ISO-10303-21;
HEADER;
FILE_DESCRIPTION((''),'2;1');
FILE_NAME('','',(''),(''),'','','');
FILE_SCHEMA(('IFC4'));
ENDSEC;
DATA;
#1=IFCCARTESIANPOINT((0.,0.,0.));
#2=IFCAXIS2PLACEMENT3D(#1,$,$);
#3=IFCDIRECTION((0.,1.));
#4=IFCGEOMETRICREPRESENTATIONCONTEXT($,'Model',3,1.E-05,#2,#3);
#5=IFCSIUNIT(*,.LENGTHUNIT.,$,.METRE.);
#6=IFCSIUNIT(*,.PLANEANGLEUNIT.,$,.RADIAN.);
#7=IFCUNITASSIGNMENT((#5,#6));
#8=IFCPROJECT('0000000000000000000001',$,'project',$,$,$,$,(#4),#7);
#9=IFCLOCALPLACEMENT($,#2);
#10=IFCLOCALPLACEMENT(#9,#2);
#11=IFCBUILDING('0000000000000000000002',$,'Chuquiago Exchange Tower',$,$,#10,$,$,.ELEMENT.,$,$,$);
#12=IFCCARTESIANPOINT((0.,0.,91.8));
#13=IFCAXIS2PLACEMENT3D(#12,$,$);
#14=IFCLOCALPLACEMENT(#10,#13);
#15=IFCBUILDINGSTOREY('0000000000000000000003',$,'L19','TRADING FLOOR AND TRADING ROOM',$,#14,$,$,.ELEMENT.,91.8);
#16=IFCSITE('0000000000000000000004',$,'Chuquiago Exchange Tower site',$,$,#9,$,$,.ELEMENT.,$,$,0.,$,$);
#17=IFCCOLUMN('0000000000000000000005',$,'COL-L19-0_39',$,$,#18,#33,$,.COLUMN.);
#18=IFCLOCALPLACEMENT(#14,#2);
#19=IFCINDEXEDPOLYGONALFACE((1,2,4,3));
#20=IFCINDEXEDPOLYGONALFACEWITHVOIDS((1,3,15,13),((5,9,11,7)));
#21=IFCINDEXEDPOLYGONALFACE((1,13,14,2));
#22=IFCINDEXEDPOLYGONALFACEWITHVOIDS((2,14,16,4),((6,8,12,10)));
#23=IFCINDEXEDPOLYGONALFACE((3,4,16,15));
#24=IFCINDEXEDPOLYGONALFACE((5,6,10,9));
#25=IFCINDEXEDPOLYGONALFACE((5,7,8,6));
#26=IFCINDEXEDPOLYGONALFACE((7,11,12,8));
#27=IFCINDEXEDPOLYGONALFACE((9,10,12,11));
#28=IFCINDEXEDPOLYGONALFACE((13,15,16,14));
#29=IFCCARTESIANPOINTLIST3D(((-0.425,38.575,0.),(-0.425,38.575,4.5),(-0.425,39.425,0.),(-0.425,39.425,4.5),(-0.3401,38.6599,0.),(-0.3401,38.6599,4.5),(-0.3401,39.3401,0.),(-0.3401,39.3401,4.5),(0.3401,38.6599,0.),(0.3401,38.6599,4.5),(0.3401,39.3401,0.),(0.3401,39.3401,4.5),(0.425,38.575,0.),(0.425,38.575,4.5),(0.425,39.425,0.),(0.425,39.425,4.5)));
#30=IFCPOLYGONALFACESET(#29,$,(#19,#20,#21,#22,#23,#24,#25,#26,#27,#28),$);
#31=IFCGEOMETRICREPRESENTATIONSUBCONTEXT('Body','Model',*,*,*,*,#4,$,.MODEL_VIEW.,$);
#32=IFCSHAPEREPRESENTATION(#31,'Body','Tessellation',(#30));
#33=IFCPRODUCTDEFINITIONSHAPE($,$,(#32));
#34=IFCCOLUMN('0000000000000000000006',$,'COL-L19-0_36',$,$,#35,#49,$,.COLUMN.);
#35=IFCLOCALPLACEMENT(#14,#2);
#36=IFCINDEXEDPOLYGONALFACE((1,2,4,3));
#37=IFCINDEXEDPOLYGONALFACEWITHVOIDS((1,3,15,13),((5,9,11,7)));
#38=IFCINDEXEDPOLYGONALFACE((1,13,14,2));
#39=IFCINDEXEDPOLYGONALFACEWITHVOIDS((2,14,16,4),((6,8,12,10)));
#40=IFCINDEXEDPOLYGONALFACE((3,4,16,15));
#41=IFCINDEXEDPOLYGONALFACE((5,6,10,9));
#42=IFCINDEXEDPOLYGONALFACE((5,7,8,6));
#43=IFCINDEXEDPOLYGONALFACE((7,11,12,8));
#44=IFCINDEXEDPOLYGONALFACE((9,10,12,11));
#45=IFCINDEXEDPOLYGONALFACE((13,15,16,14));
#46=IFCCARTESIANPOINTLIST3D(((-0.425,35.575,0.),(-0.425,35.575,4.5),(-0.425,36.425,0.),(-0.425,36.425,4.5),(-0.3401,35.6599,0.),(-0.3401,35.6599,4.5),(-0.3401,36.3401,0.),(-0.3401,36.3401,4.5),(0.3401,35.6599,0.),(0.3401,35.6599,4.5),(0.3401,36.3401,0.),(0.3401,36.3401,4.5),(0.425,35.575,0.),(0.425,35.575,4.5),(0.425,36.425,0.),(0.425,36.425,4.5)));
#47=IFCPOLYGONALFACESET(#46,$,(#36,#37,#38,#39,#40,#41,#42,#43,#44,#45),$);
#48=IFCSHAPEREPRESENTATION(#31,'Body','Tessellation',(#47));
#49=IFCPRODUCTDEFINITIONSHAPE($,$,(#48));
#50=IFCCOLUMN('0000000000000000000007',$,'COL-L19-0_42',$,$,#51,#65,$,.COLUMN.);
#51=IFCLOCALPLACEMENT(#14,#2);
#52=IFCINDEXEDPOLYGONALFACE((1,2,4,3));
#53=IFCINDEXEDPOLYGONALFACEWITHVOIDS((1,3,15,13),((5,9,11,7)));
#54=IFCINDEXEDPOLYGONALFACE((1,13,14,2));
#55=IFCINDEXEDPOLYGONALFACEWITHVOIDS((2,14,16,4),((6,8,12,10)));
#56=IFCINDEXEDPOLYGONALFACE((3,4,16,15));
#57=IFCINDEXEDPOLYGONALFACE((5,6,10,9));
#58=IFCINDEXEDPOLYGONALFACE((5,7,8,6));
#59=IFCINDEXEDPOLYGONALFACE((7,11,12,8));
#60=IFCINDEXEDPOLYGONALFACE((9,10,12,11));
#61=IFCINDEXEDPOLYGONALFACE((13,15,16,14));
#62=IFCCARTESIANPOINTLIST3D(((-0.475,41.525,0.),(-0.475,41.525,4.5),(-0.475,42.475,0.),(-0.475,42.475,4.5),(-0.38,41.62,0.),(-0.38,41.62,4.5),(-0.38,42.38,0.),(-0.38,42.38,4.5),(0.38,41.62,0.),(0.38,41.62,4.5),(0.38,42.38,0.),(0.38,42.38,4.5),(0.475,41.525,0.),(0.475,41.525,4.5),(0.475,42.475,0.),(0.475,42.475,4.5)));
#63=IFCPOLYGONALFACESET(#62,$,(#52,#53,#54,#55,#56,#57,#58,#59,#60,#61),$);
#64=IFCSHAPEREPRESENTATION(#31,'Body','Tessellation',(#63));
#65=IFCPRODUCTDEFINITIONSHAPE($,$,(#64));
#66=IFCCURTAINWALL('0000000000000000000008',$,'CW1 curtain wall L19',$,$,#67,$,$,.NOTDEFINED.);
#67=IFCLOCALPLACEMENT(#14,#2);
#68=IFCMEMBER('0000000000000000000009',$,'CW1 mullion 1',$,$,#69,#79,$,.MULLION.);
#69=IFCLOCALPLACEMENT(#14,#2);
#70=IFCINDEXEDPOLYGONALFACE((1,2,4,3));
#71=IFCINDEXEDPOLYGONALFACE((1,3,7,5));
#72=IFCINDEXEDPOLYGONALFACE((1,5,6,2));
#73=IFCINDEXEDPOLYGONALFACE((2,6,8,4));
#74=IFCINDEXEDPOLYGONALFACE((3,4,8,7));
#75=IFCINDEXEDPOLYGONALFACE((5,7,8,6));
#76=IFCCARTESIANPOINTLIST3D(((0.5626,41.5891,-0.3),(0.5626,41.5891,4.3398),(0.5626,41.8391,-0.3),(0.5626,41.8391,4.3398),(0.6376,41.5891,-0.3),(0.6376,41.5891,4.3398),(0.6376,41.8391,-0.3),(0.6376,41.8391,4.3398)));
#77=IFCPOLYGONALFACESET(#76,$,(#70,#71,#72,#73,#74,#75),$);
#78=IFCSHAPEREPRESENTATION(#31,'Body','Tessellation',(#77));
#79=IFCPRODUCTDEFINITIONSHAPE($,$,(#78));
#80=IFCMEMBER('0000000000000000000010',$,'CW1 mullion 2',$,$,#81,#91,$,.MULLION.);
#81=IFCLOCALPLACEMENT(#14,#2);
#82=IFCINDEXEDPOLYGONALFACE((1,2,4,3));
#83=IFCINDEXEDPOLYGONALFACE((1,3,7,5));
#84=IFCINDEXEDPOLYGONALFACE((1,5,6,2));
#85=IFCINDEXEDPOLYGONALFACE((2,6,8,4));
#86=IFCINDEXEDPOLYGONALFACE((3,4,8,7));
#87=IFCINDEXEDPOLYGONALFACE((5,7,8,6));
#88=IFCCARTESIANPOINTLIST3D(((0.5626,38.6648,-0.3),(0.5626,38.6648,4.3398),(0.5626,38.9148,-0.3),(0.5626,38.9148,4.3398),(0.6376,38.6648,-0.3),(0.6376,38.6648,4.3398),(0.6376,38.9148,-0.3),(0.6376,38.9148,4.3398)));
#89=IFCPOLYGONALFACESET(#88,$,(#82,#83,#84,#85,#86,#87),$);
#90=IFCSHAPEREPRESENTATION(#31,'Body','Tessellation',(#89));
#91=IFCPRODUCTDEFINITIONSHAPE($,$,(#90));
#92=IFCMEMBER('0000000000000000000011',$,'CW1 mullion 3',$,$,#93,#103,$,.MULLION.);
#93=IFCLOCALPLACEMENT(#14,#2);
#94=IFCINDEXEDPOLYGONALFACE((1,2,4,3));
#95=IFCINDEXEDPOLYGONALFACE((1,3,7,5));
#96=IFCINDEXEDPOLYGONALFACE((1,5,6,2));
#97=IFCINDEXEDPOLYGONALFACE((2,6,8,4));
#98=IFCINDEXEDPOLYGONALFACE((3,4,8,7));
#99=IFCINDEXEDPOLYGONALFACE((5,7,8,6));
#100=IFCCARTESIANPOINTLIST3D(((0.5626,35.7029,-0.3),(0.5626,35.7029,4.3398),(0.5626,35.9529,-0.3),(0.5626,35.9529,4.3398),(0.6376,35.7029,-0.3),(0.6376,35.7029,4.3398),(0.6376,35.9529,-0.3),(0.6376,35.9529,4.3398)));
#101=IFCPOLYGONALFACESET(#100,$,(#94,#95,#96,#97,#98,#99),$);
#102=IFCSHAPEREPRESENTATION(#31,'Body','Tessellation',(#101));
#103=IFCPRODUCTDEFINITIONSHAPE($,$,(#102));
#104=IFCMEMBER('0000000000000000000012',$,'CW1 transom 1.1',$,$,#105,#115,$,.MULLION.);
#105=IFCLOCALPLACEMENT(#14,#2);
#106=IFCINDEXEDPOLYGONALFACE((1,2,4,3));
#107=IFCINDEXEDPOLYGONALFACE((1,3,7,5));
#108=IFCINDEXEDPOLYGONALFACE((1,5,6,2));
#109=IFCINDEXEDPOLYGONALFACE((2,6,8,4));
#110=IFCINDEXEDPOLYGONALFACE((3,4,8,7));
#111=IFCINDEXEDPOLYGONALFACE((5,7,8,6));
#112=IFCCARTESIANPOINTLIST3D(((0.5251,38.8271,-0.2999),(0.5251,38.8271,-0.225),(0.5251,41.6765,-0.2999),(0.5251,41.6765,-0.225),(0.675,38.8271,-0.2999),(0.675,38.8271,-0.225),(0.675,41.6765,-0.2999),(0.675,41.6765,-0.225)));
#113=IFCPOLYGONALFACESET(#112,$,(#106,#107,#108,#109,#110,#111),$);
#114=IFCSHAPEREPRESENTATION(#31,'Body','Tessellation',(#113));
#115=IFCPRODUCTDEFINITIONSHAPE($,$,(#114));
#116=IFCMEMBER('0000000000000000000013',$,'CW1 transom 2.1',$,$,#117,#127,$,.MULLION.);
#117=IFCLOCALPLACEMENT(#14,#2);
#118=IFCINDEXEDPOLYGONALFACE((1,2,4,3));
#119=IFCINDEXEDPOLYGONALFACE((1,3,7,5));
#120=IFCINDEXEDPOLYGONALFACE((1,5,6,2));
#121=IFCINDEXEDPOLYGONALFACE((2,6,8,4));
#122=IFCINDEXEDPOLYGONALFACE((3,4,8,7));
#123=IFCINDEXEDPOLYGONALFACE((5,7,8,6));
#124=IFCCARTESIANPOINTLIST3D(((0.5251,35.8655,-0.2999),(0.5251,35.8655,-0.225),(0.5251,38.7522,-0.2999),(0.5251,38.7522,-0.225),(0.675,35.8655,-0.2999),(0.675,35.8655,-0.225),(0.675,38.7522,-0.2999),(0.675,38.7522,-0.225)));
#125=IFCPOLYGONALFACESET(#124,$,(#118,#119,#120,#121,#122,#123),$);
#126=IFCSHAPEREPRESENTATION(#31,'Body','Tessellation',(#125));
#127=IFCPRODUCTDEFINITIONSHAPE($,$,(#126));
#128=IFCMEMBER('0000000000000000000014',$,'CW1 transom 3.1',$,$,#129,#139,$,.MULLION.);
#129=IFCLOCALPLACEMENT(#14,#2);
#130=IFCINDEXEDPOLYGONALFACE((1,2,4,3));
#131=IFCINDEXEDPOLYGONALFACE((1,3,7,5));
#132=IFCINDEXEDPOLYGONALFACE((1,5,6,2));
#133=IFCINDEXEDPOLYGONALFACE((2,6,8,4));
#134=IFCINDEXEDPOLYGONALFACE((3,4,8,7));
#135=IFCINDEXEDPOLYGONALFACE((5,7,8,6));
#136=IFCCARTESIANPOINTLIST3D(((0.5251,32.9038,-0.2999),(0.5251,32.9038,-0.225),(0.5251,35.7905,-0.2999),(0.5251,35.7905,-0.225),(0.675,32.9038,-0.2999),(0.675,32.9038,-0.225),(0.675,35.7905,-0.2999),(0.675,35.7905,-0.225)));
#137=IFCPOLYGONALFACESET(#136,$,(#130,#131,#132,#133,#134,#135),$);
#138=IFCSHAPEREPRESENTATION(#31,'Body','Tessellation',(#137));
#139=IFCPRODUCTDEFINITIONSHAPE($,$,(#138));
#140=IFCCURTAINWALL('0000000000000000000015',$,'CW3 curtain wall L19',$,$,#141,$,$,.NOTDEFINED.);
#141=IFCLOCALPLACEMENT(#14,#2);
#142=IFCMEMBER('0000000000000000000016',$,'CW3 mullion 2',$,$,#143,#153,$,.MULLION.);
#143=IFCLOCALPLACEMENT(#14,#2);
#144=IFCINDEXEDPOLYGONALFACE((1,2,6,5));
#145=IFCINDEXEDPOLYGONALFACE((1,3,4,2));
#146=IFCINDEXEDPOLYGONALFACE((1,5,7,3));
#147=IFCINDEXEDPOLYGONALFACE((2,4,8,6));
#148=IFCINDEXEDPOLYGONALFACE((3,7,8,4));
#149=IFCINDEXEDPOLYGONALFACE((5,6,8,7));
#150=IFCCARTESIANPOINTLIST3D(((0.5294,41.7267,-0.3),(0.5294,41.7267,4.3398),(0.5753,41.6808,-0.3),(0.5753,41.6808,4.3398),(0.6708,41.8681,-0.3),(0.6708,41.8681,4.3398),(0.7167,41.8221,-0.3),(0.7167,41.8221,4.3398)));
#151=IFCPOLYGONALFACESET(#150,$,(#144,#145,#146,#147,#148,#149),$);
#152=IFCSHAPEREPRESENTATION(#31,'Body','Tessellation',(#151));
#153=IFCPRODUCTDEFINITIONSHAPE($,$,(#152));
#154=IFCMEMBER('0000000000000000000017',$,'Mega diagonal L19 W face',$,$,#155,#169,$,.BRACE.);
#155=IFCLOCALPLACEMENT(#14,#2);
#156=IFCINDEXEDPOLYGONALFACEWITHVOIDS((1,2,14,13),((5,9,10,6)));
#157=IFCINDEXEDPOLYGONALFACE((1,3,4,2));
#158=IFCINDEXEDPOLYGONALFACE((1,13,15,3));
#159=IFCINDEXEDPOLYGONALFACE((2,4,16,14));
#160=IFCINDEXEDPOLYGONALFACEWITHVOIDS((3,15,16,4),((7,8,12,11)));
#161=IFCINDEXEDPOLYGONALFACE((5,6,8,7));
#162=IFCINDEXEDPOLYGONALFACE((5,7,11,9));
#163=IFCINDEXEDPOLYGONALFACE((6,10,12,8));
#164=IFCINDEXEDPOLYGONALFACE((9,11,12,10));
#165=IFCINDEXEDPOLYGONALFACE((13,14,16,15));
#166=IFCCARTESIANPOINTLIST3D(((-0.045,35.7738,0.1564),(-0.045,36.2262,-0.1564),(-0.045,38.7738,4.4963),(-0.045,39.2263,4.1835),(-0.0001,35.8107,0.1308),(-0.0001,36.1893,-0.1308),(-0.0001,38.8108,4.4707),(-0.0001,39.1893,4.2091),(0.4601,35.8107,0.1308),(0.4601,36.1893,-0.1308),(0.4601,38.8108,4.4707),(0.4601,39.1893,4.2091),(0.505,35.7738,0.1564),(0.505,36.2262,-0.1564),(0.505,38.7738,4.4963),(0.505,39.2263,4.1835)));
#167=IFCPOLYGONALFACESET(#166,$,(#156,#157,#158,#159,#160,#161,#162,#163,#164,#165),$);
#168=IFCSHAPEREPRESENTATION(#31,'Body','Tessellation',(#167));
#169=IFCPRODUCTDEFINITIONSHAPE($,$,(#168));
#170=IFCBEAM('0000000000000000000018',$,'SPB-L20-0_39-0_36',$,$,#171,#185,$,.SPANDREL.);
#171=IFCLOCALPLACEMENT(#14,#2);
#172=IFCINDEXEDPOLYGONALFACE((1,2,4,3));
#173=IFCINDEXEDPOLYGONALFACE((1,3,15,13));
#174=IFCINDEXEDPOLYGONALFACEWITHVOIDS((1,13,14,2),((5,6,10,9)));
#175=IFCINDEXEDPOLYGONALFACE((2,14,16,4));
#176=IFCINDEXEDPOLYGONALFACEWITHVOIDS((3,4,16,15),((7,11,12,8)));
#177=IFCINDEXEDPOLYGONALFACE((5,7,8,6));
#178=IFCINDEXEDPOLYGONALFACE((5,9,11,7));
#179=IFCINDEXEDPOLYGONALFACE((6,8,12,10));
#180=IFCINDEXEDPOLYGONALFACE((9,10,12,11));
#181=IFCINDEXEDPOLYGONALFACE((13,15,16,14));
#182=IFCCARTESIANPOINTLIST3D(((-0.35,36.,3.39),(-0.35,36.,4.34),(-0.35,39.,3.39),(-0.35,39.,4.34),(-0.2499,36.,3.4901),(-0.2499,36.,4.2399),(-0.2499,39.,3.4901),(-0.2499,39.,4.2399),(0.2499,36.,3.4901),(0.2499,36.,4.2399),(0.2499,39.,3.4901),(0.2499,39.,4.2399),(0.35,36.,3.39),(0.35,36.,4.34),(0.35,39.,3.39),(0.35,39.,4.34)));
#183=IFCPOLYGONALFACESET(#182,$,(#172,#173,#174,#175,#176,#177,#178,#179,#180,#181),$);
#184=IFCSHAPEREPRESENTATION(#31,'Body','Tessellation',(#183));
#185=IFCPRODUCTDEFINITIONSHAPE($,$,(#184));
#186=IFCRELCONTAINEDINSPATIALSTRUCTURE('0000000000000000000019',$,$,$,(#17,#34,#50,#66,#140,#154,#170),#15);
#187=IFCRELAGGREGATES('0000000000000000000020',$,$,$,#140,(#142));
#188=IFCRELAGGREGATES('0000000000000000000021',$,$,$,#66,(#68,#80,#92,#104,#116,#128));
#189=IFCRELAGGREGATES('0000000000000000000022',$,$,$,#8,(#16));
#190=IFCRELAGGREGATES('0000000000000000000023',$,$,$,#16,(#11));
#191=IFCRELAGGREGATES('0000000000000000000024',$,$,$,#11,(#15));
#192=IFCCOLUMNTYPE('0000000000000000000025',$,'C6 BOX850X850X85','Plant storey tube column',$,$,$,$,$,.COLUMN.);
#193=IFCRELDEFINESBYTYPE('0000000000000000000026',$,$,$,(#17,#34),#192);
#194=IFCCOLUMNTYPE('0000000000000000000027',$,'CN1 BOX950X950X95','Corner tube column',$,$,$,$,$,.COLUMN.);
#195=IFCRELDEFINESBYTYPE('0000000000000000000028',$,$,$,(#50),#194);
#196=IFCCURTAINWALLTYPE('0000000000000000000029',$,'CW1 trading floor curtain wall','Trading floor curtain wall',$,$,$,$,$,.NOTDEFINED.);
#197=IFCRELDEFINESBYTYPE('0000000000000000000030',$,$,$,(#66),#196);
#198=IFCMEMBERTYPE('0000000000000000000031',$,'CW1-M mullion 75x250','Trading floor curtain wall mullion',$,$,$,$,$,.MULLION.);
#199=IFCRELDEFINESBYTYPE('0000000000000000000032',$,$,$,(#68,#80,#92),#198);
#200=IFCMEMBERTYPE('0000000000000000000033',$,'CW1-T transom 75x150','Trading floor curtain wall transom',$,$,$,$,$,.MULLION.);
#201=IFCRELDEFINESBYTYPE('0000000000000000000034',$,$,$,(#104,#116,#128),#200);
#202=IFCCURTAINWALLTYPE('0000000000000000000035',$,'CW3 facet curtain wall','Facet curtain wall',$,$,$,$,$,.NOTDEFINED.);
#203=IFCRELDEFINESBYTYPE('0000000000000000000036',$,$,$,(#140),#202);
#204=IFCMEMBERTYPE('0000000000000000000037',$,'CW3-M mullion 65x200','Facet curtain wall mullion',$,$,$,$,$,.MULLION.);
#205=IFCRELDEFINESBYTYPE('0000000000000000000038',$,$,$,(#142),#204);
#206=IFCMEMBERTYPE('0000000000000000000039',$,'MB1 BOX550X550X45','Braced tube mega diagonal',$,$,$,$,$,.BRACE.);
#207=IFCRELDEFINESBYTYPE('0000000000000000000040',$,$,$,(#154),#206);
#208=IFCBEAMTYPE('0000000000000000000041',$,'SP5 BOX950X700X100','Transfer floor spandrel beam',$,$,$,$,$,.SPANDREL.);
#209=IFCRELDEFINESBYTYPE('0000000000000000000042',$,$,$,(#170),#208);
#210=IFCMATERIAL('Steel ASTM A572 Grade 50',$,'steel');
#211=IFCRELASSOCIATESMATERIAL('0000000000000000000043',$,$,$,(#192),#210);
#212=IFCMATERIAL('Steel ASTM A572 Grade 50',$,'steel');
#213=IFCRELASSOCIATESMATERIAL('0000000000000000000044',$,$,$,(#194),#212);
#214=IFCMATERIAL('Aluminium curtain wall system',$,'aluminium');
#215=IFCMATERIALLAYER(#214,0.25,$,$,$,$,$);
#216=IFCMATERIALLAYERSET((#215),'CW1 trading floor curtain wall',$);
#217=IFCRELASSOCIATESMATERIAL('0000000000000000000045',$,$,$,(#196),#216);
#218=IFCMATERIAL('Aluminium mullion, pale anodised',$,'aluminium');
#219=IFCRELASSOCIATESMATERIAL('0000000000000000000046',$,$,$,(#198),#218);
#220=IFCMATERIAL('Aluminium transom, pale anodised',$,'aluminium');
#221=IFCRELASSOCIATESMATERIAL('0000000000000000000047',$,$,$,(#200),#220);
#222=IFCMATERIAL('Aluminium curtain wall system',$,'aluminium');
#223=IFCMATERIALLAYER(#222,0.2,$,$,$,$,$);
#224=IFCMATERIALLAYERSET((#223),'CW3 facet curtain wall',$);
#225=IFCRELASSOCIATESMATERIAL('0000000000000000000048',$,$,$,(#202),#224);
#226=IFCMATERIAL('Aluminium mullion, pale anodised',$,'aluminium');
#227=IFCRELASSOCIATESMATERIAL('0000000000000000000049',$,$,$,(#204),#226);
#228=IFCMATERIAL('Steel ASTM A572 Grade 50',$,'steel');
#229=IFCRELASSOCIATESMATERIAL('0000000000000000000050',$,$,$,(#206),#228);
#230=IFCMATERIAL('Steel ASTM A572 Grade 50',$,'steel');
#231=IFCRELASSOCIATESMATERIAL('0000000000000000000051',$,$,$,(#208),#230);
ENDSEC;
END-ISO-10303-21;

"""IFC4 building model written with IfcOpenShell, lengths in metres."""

from ifc_helpers import new_model, si_unit, direction, frame, origin, origin_2d, place, context, subcontext, project, spatial, rectangle, hollow_rectangle, extrude, material, layer, layer_set, material_profile, profile_set, type_object, element, aggregate, save


model = new_model("IFC4")

# Units and contexts
model_context = context("Model", 3, precision=1e-05, world=origin(), true_north=direction((0.0, 1.0)))
body_context = subcontext(model_context, "Body", "Model", "MODEL_VIEW")
ifc_project = project(units=[si_unit("LENGTHUNIT", "METRE"), si_unit("PLANEANGLEUNIT", "RADIAN")], contexts=[model_context])

# Site, building, storey
site_placement = place(None, origin())
site = spatial("IfcSite", under=ifc_project, at=site_placement, Name="Chuquiago Exchange Tower site", CompositionType="ELEMENT", RefElevation=0.0)
building_placement = place(site_placement, origin())
building = spatial("IfcBuilding", under=site, at=building_placement, Name="Chuquiago Exchange Tower", CompositionType="ELEMENT")
storey_placement = place(building_placement, frame((0.0, 0.0, 91.8)))
storey = spatial("IfcBuildingStorey", under=building, at=storey_placement, Name="L19", Description="TRADING FLOOR AND TRADING ROOM", CompositionType="ELEMENT", Elevation=91.8)

# Columns
ifc_material_1 = material(Name="Steel ASTM A572 Grade 50", Category="steel")
ifc_material_profile_1 = material_profile(ifc_material_1, hollow_rectangle(XDim=0.8501, YDim=0.8501, WallThickness=0.085, at=origin_2d()), Name="BOX850X850X85")
ifc_profile_set_1 = profile_set([ifc_material_profile_1], Name="Steel ASTM A572 Grade 50")
column_type_1 = type_object("IfcColumnType", Name="C6 BOX850X850X85", Description="Plant storey tube column", PredefinedType="COLUMN", material=ifc_profile_set_1)
for number, where, z_axis, x_axis, name in (
    (1, (0.0, 39.0, 0.0), (0.0, 0.0, 1.0), (-1.0, 0.0, 0.0), "COL-L19-0_39"),
    (2, (0.0, 36.0, 0.0), (0.0, 0.0, 1.0), (-1.0, 0.0, 0.0), "COL-L19-0_36"),
):
    element("IfcColumn", number, at=place(storey_placement, frame(where, z_axis=z_axis, x_axis=x_axis)), inside=storey, type_object=column_type_1, Name=name, PredefinedType="COLUMN", context=body_context, shape_type="SweptSolid", body=[
        extrude(hollow_rectangle(XDim=0.8501, YDim=0.8501, WallThickness=0.085, at=origin_2d()), origin(), (0.0, 0.0, 1.0), 4.5),
    ])
ifc_material_2 = material(Name="Steel ASTM A572 Grade 50", Category="steel")
ifc_material_profile_2 = material_profile(ifc_material_2, hollow_rectangle(XDim=0.95, YDim=0.95, WallThickness=0.095, at=origin_2d()), Name="BOX950X950X95")
ifc_profile_set_2 = profile_set([ifc_material_profile_2], Name="Steel ASTM A572 Grade 50")
column_type_2 = type_object("IfcColumnType", Name="CN1 BOX950X950X95", Description="Corner tube column", PredefinedType="COLUMN", material=ifc_profile_set_2)
column_placement = place(storey_placement, frame((0.0, 42.0, 0.0), z_axis=(0.0, 0.0, 1.0), x_axis=(-1.0, 0.0, 0.0)))
element("IfcColumn", 3, at=column_placement, inside=storey, type_object=column_type_2, Name="COL-L19-0_42", PredefinedType="COLUMN", context=body_context, shape_type="SweptSolid", body=[
    extrude(hollow_rectangle(XDim=0.95, YDim=0.95, WallThickness=0.095, at=origin_2d()), origin(), (0.0, 0.0, 1.0), 4.5),
])

# Curtain wall, members
ifc_material_3 = material(Name="Aluminium curtain wall system", Category="aluminium")
ifc_layer_1 = layer(ifc_material_3, 0.25)
ifc_layer_set_1 = layer_set([ifc_layer_1], Name="CW1 trading floor curtain wall")
curtain_wall_type_1 = type_object("IfcCurtainWallType", Name="CW1 trading floor curtain wall", Description="Trading floor curtain wall", PredefinedType="NOTDEFINED", material=ifc_layer_set_1)
curtain_wall_1_placement = place(storey_placement, origin())
curtain_wall_1 = element("IfcCurtainWall", 4, at=curtain_wall_1_placement, inside=storey, type_object=curtain_wall_type_1, Name="CW1 curtain wall L19", PredefinedType="NOTDEFINED")
ifc_material_4 = material(Name="Aluminium mullion, pale anodised", Category="aluminium")
ifc_material_profile_3 = material_profile(ifc_material_4, rectangle(XDim=0.075, YDim=0.25, at=origin_2d()), Name="AL 75x250")
ifc_profile_set_3 = profile_set([ifc_material_profile_3], Name="Aluminium mullion, pale anodised")
member_type_1 = type_object("IfcMemberType", Name="CW1-M mullion 75x250", Description="Trading floor curtain wall mullion", PredefinedType="MULLION", material=ifc_profile_set_3)
member_1_placement = place(storey_placement, frame((0.6001, 41.7141, -0.3), z_axis=(0.0, 0.0, 1.0), x_axis=(1.0, 0.0, 0.0)))
member_1 = element("IfcMember", 5, at=member_1_placement, type_object=member_type_1, Name="CW1 mullion 1", PredefinedType="MULLION", context=body_context, shape_type="SweptSolid", body=[
    extrude(rectangle(XDim=0.075, YDim=0.25, at=origin_2d()), origin(), (0.0, 0.0, 1.0), 4.6399),
])
member_2_placement = place(storey_placement, frame((0.6001, 38.7898, -0.3), z_axis=(0.0, 0.0, 1.0), x_axis=(1.0, 0.0, 0.0)))
member_2 = element("IfcMember", 6, at=member_2_placement, type_object=member_type_1, Name="CW1 mullion 2", PredefinedType="MULLION", context=body_context, shape_type="SweptSolid", body=[
    extrude(rectangle(XDim=0.075, YDim=0.25, at=origin_2d()), origin(), (0.0, 0.0, 1.0), 4.6399),
])
member_3_placement = place(storey_placement, frame((0.6001, 35.8279, -0.3), z_axis=(0.0, 0.0, 1.0), x_axis=(1.0, 0.0, 0.0)))
member_3 = element("IfcMember", 7, at=member_3_placement, type_object=member_type_1, Name="CW1 mullion 3", PredefinedType="MULLION", context=body_context, shape_type="SweptSolid", body=[
    extrude(rectangle(XDim=0.075, YDim=0.25, at=origin_2d()), origin(), (0.0, 0.0, 1.0), 4.6399),
])
ifc_material_5 = material(Name="Aluminium transom, pale anodised", Category="aluminium")
ifc_material_profile_4 = material_profile(ifc_material_5, rectangle(XDim=0.1499, YDim=0.075, at=origin_2d()), Name="AL 150x75")
ifc_profile_set_4 = profile_set([ifc_material_profile_4], Name="Aluminium transom, pale anodised")
member_type_2 = type_object("IfcMemberType", Name="CW1-T transom 75x150", Description="Trading floor curtain wall transom", PredefinedType="MULLION", material=ifc_profile_set_4)
member_4_placement = place(storey_placement, frame((0.6001, 41.6765, -0.2625), z_axis=(0.0, -1.0, 0.0), x_axis=(1.0, 0.0, 0.0)))
member_4 = element("IfcMember", 8, at=member_4_placement, type_object=member_type_2, Name="CW1 transom 1.1", PredefinedType="MULLION", context=body_context, shape_type="SweptSolid", body=[
    extrude(rectangle(XDim=0.1499, YDim=0.075, at=origin_2d()), origin(), (0.0, 0.0, 1.0), 2.8494),
])
member_5_placement = place(storey_placement, frame((0.6001, 38.7522, -0.2625), z_axis=(0.0, -1.0, 0.0), x_axis=(1.0, 0.0, 0.0)))
member_5 = element("IfcMember", 9, at=member_5_placement, type_object=member_type_2, Name="CW1 transom 2.1", PredefinedType="MULLION", context=body_context, shape_type="SweptSolid", body=[
    extrude(rectangle(XDim=0.1499, YDim=0.075, at=origin_2d()), origin(), (0.0, 0.0, 1.0), 2.8867),
])
member_6_placement = place(storey_placement, frame((0.6001, 35.7905, -0.2625), z_axis=(0.0, -1.0, 0.0), x_axis=(1.0, 0.0, 0.0)))
member_6 = element("IfcMember", 10, at=member_6_placement, type_object=member_type_2, Name="CW1 transom 3.1", PredefinedType="MULLION", context=body_context, shape_type="SweptSolid", body=[
    extrude(rectangle(XDim=0.1499, YDim=0.075, at=origin_2d()), origin(), (0.0, 0.0, 1.0), 2.8867),
])

# Curtain wall, member
ifc_material_6 = material(Name="Aluminium curtain wall system", Category="aluminium")
ifc_layer_2 = layer(ifc_material_6, 0.2)
ifc_layer_set_2 = layer_set([ifc_layer_2], Name="CW3 facet curtain wall")
curtain_wall_type_2 = type_object("IfcCurtainWallType", Name="CW3 facet curtain wall", Description="Facet curtain wall", PredefinedType="NOTDEFINED", material=ifc_layer_set_2)
curtain_wall_2_placement = place(storey_placement, origin())
curtain_wall_2 = element("IfcCurtainWall", 11, at=curtain_wall_2_placement, inside=storey, type_object=curtain_wall_type_2, Name="CW3 curtain wall L19", PredefinedType="NOTDEFINED")
ifc_material_7 = material(Name="Aluminium mullion, pale anodised", Category="aluminium")
ifc_material_profile_5 = material_profile(ifc_material_7, rectangle(XDim=0.0649, YDim=0.2, at=origin_2d()), Name="AL 65x200")
ifc_profile_set_5 = profile_set([ifc_material_profile_5], Name="Aluminium mullion, pale anodised")
member_type_3 = type_object("IfcMemberType", Name="CW3-M mullion 65x200", Description="Facet curtain wall mullion", PredefinedType="MULLION", material=ifc_profile_set_5)
member_7_placement = place(storey_placement, frame((0.623, 41.7744, -0.3), z_axis=(0.0, 0.0, 1.0), x_axis=(0.707107, -0.707107, 0.0)))
member_7 = element("IfcMember", 12, at=member_7_placement, type_object=member_type_3, Name="CW3 mullion 2", PredefinedType="MULLION", context=body_context, shape_type="SweptSolid", body=[
    extrude(rectangle(XDim=0.0649, YDim=0.2, at=origin_2d()), origin(), (0.0, 0.0, 1.0), 4.6399),
])
aggregate(curtain_wall_2, [member_7])

# Member
ifc_material_8 = material(Name="Steel ASTM A572 Grade 50", Category="steel")
ifc_material_profile_6 = material_profile(ifc_material_8, hollow_rectangle(XDim=0.55, YDim=0.55, WallThickness=0.0449, at=origin_2d()), Name="BOX550X550X45")
ifc_profile_set_6 = profile_set([ifc_material_profile_6], Name="Steel ASTM A572 Grade 50")
member_type_4 = type_object("IfcMemberType", Name="MB1 BOX550X550X45", Description="Braced tube mega diagonal", PredefinedType="BRACE", material=ifc_profile_set_6)
member_8_placement = place(storey_placement, frame((0.23, 36.0, 0.0), z_axis=(0.0, 0.568632, 0.822592), x_axis=(-1.0, 0.0, 0.0)))
element("IfcMember", 13, at=member_8_placement, inside=storey, type_object=member_type_4, Name="Mega diagonal L19 W face", PredefinedType="BRACE", context=body_context, shape_type="SweptSolid", body=[
    extrude(hollow_rectangle(XDim=0.55, YDim=0.55, WallThickness=0.0449, at=origin_2d()), origin(), (0.0, 0.0, 1.0), 5.2759),
])

# Beam
ifc_material_9 = material(Name="Steel ASTM A572 Grade 50", Category="steel")
ifc_material_profile_7 = material_profile(ifc_material_9, hollow_rectangle(XDim=0.7, YDim=0.95, WallThickness=0.1001, at=origin_2d()), Name="BOX950X700X100")
ifc_profile_set_7 = profile_set([ifc_material_profile_7], Name="Steel ASTM A572 Grade 50")
beam_type = type_object("IfcBeamType", Name="SP5 BOX950X700X100", Description="Transfer floor spandrel beam", PredefinedType="SPANDREL", material=ifc_profile_set_7)
for number, where, z_axis, x_axis, name in (
    (14, (0.0, 39.0, 3.865), (0.0, -1.0, 0.0), (1.0, 0.0, 0.0), "SPB-L20-0_39-0_36"),
):
    element("IfcBeam", number, at=place(storey_placement, frame(where, z_axis=z_axis, x_axis=x_axis)), inside=storey, type_object=beam_type, Name=name, PredefinedType="SPANDREL", context=body_context, shape_type="SweptSolid", body=[
        extrude(hollow_rectangle(XDim=0.7, YDim=0.95, WallThickness=0.1001, at=origin_2d()), origin(), (0.0, 0.0, 1.0), 3.0),
    ])

aggregate(curtain_wall_1, [member_1, member_2, member_3, member_4, member_5, member_6])

save(model, "model.ifc")
